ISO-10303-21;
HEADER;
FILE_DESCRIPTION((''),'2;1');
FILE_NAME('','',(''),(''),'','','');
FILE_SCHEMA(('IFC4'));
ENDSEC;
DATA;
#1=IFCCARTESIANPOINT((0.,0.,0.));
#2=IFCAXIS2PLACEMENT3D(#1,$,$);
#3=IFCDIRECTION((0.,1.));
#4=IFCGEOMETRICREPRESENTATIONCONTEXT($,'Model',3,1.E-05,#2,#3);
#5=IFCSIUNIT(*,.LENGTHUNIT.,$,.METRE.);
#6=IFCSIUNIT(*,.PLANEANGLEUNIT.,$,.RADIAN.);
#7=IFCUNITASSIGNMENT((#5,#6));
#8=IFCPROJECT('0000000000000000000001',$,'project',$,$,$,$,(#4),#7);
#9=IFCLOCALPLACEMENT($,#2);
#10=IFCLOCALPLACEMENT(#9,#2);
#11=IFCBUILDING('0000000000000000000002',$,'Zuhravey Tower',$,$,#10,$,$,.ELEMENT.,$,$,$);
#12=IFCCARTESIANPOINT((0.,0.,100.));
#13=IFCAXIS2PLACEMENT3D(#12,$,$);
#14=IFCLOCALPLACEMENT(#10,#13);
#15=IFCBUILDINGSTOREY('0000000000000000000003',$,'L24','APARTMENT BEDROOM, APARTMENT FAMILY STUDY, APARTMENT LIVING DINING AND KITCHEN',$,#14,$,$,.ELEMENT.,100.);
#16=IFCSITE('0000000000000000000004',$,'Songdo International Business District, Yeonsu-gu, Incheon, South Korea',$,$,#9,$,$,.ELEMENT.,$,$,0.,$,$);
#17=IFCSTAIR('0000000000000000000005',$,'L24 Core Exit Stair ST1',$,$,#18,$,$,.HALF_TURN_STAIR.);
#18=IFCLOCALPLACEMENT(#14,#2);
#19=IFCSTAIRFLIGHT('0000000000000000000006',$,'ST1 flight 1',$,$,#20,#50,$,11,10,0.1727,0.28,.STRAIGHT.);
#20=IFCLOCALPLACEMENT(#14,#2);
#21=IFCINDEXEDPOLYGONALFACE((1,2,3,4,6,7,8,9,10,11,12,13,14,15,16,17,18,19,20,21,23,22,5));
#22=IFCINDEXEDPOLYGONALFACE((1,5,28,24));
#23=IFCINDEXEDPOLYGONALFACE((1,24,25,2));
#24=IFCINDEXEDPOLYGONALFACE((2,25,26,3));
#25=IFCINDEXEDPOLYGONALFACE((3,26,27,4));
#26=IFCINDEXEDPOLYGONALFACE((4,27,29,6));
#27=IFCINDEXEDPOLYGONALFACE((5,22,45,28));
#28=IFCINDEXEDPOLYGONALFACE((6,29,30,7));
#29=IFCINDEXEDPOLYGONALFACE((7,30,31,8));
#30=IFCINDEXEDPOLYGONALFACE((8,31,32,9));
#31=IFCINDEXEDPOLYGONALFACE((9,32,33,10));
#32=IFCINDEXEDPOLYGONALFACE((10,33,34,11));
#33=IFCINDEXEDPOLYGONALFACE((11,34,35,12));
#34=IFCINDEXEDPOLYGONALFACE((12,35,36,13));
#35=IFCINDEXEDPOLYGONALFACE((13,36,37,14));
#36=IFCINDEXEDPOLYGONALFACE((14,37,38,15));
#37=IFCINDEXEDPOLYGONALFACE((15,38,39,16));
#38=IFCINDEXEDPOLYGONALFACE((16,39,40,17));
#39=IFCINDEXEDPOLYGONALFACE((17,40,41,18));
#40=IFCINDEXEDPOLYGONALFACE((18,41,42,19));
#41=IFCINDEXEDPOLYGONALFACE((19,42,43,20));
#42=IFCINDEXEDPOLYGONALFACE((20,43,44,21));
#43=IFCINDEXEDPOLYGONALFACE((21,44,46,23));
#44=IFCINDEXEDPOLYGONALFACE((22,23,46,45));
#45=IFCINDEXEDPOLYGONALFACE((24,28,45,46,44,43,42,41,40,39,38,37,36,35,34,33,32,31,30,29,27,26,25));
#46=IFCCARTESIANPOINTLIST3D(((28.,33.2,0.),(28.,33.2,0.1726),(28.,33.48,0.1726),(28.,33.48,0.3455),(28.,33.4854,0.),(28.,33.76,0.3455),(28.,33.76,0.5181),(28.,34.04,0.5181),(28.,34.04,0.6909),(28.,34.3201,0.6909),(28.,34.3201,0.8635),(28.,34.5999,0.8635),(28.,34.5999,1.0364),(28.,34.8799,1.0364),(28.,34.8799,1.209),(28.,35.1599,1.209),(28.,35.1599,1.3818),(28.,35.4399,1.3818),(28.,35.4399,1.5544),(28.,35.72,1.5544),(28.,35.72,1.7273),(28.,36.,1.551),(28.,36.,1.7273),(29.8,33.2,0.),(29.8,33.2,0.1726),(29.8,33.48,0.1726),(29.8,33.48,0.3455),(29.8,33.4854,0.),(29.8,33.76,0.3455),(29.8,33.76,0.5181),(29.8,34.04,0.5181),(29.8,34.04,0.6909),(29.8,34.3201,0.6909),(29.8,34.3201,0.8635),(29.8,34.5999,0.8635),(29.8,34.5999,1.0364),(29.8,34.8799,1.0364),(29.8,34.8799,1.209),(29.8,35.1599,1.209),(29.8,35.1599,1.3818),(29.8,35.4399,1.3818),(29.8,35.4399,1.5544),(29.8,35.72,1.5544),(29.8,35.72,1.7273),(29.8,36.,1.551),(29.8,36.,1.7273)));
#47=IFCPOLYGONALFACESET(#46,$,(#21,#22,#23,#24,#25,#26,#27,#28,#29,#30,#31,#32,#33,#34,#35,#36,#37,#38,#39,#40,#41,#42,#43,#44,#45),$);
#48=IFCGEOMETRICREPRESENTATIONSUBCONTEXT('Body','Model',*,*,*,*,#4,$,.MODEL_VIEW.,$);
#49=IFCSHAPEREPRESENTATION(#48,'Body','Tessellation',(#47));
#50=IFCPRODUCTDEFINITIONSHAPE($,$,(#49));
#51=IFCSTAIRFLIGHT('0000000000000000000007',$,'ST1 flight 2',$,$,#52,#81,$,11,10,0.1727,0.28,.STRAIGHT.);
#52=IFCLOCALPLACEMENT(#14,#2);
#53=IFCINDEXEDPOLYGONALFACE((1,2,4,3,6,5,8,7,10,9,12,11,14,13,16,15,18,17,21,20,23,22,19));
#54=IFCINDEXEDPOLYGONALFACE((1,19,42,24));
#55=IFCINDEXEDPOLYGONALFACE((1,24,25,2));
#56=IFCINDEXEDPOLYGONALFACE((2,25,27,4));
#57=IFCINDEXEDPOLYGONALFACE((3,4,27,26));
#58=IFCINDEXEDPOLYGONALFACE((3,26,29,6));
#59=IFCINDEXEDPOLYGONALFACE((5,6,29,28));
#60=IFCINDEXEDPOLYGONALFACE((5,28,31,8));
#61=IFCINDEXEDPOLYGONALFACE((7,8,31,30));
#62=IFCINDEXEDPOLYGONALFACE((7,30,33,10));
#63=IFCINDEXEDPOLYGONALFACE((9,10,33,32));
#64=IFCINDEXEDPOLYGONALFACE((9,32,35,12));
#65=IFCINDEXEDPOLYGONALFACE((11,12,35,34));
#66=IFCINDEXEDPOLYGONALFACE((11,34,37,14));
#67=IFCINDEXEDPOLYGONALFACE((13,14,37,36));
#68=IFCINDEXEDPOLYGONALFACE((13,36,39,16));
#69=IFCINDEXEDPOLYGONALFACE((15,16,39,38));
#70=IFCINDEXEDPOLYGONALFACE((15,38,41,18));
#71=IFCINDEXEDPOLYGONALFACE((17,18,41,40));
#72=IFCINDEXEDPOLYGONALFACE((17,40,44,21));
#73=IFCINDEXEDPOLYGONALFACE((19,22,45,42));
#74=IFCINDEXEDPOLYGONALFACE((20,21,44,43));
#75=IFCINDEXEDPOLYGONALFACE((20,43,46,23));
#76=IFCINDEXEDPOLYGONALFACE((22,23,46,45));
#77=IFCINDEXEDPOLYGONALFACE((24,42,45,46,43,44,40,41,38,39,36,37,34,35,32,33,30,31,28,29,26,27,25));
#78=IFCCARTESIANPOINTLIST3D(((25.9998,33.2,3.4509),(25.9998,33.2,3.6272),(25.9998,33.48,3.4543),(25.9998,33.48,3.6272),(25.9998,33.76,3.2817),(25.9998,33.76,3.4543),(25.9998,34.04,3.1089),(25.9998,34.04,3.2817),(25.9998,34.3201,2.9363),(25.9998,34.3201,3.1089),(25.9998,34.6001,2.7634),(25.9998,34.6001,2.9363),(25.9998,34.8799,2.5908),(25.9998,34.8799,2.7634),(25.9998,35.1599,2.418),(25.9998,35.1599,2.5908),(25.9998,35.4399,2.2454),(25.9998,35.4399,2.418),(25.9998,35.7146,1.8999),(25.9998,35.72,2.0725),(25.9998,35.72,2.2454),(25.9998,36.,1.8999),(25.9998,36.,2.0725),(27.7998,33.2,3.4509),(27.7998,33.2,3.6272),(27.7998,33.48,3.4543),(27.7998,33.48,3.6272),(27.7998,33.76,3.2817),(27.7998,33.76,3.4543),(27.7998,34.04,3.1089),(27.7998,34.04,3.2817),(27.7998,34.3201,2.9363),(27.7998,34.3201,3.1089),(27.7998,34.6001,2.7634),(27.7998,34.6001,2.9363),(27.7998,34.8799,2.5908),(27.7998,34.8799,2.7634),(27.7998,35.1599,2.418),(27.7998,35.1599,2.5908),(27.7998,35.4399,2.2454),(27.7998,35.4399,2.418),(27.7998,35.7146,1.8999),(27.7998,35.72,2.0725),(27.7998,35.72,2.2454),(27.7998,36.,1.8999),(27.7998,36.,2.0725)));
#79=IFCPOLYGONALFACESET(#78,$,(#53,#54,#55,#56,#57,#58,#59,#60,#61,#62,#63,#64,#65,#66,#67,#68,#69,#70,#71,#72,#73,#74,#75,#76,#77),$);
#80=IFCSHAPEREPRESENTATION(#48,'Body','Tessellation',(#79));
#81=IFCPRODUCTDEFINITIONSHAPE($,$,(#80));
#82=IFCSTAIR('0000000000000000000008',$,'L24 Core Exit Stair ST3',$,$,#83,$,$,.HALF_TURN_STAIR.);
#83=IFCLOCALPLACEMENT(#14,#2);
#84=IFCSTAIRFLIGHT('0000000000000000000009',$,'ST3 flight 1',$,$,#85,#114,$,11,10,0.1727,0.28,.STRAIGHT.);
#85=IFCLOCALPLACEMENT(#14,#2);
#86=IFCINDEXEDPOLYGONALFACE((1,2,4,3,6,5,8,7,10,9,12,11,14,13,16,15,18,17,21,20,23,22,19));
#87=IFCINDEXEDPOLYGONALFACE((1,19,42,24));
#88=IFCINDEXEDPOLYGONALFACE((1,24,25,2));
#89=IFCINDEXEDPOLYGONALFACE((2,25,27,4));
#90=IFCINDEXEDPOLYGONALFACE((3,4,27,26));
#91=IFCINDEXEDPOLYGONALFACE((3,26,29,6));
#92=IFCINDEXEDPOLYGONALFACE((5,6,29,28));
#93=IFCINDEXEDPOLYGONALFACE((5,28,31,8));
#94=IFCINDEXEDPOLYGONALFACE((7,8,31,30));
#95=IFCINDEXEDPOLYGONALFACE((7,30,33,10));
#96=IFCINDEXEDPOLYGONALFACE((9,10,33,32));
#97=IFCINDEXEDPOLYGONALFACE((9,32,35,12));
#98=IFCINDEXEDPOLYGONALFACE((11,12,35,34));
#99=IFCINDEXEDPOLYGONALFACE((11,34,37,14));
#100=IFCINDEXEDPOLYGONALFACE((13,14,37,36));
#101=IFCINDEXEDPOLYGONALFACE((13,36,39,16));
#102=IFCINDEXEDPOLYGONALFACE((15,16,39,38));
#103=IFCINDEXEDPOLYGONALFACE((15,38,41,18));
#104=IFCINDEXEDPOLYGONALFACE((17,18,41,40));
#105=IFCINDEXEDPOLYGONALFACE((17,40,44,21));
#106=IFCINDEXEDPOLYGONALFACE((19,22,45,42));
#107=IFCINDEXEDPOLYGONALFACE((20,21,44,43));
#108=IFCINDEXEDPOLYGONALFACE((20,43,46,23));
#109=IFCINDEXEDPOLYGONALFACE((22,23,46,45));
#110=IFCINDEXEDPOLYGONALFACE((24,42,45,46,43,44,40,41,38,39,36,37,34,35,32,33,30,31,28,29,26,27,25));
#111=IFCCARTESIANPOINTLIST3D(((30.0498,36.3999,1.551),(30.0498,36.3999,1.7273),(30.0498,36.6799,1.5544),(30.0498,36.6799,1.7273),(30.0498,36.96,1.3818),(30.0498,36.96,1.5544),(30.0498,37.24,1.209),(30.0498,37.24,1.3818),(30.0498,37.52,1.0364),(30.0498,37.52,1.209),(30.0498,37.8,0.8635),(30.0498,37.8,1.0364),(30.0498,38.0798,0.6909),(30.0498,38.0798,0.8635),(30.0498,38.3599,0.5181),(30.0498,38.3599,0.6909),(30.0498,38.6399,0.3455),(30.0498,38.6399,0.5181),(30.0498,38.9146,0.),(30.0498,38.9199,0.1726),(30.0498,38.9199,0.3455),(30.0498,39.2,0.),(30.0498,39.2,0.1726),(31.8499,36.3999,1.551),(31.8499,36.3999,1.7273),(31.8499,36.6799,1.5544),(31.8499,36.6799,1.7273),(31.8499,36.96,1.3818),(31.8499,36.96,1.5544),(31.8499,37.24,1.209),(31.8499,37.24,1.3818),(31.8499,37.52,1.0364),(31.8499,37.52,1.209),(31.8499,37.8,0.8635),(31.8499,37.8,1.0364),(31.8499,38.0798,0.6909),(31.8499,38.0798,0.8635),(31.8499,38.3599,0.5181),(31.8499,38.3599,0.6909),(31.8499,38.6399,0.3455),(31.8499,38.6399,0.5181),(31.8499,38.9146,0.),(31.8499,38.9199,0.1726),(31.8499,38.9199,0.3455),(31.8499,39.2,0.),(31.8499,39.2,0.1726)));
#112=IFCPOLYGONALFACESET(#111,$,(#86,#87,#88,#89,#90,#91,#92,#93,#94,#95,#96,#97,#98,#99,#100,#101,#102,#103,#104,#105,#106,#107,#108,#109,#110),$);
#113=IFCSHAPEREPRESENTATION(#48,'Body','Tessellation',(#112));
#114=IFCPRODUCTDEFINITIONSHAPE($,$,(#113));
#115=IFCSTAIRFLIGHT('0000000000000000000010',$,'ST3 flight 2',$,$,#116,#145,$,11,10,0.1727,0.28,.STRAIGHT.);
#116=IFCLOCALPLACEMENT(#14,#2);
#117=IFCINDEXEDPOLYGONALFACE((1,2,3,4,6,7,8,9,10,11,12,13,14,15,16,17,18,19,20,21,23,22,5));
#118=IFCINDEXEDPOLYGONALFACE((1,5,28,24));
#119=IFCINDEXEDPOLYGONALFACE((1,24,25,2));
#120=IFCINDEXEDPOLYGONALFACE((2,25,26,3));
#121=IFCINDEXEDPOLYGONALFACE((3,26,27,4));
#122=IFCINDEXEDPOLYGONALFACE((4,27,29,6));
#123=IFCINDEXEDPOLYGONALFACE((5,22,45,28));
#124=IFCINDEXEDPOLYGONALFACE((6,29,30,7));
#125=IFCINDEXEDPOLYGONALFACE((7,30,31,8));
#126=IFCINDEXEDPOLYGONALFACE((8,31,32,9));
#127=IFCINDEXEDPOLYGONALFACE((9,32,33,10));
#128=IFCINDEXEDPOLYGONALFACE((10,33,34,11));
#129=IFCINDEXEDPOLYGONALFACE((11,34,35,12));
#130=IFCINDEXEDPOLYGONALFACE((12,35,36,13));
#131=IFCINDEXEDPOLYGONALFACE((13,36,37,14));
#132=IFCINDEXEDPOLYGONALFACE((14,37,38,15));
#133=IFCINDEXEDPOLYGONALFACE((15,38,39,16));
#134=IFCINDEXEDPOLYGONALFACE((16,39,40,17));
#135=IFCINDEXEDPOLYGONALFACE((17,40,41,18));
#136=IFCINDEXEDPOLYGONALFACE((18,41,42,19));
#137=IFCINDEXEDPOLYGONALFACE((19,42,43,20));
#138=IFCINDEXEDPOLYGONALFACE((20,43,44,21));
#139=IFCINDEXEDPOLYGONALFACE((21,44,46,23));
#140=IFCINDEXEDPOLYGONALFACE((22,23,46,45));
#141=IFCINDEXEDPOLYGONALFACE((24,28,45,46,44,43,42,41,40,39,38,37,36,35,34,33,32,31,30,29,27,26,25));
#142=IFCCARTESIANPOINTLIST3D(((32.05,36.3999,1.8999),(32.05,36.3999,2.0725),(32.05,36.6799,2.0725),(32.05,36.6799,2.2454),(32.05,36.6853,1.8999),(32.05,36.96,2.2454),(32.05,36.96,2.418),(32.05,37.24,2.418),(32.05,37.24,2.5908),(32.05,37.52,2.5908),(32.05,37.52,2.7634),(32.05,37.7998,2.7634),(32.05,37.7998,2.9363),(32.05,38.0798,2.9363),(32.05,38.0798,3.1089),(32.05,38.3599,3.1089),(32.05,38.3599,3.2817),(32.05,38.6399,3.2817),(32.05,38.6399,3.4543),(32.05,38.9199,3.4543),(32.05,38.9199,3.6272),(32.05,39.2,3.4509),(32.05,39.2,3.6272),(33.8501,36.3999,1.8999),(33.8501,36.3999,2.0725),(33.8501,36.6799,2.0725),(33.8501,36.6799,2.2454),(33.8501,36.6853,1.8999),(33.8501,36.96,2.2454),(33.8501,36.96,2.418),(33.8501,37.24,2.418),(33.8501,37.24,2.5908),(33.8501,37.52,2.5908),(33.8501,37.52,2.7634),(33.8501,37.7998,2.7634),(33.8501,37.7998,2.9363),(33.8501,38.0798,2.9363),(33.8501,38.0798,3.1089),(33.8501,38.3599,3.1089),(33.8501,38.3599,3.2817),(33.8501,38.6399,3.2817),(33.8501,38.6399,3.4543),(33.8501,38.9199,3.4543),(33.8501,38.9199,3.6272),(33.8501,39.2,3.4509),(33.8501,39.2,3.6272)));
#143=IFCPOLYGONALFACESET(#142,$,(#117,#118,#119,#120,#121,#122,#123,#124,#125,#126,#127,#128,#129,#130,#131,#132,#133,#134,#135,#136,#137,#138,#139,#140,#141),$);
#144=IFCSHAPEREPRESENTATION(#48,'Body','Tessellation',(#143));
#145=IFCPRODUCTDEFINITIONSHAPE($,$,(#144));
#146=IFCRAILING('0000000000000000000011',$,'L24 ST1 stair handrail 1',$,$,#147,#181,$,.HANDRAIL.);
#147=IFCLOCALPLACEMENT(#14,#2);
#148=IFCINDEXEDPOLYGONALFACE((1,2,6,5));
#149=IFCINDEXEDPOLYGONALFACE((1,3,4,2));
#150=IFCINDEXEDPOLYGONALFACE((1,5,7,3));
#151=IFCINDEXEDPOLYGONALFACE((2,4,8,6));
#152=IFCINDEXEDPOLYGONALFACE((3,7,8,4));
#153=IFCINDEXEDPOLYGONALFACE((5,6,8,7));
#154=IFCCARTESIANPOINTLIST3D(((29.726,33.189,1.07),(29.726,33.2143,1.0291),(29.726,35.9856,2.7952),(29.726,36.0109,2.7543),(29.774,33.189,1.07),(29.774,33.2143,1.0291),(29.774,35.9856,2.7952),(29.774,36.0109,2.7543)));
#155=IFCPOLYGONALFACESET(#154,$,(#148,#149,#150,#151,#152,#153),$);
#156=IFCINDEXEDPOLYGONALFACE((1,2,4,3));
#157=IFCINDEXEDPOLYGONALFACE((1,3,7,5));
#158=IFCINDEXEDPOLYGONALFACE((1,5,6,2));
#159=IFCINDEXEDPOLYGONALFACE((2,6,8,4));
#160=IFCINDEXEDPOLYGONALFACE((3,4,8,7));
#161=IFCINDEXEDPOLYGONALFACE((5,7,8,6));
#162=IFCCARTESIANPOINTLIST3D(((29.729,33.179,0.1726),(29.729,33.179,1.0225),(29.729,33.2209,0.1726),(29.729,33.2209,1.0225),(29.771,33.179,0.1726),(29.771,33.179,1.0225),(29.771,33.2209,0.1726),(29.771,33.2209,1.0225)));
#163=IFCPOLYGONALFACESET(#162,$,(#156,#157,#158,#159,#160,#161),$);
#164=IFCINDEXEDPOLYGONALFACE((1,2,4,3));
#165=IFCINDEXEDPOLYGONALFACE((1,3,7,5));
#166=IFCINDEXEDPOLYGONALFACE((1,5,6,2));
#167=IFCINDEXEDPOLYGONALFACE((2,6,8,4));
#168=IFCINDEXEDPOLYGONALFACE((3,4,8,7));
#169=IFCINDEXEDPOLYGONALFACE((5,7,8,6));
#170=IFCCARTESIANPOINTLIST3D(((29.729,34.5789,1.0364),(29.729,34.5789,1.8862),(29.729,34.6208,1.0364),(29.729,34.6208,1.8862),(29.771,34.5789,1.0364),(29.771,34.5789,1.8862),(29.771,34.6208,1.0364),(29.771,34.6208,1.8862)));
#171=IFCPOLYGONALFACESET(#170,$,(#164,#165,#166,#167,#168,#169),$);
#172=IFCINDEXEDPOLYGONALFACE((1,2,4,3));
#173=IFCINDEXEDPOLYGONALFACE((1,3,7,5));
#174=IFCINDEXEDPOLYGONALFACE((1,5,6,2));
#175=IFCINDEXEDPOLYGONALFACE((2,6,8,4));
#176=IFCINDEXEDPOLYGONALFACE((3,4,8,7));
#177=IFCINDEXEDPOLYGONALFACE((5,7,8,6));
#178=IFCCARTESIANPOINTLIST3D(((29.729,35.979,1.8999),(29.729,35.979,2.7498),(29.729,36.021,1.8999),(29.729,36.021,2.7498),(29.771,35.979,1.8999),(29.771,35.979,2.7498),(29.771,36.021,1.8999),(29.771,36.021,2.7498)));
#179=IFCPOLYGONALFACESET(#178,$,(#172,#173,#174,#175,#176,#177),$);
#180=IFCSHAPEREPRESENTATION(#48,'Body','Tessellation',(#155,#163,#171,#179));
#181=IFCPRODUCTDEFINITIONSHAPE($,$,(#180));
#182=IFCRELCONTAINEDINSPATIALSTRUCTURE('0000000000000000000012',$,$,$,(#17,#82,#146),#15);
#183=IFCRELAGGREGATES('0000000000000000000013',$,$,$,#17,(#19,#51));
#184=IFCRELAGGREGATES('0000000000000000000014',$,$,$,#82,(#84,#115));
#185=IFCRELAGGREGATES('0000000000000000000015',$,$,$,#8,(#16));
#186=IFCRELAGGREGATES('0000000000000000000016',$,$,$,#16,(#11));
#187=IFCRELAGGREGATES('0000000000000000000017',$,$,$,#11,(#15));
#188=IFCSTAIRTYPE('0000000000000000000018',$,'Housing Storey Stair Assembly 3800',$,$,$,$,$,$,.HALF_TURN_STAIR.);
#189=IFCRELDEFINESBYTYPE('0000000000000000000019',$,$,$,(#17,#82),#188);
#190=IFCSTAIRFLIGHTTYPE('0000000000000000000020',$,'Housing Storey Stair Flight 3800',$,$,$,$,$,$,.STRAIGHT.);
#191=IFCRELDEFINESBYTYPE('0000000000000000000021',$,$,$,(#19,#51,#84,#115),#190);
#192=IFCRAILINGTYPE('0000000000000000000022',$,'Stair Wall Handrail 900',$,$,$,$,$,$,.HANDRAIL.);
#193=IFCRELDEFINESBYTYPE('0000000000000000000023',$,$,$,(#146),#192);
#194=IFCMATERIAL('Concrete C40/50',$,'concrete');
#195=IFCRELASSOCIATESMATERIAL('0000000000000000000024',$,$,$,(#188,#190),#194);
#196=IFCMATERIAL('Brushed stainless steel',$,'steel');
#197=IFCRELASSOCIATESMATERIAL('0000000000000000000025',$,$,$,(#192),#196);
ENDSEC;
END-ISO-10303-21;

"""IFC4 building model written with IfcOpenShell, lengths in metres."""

from ifc_helpers import new_model, si_unit, direction, frame, origin, origin_2d, place, context, subcontext, project, spatial, polyline, rectangle, outline, extrude, material, type_object, element, aggregate, save


model = new_model("IFC4")

# Units and contexts
model_context = context("Model", 3, precision=1e-05, world=origin(), true_north=direction((0.0, 1.0)))
body_context = subcontext(model_context, "Body", "Model", "MODEL_VIEW")
ifc_project = project(units=[si_unit("LENGTHUNIT", "METRE"), si_unit("PLANEANGLEUNIT", "RADIAN")], contexts=[model_context])

# Site, building, storey
site_placement = place(None, origin())
site = spatial("IfcSite", under=ifc_project, at=site_placement, Name="Songdo International Business District, Yeonsu-gu, Incheon, South Korea", CompositionType="ELEMENT", RefElevation=0.0)
building_placement = place(site_placement, origin())
building = spatial("IfcBuilding", under=site, at=building_placement, Name="Zuhravey Tower", CompositionType="ELEMENT")
storey_placement = place(building_placement, frame((0.0, 0.0, 100.0)))
storey = spatial("IfcBuildingStorey", under=building, at=storey_placement, Name="L24", Description="APARTMENT BEDROOM, APARTMENT FAMILY STUDY, APARTMENT LIVING DINING AND KITCHEN", CompositionType="ELEMENT", Elevation=100.0)

# Stairs, stair flights
ifc_material_1 = material(Name="Concrete C40/50", Category="concrete")
stair_type = type_object("IfcStairType", Name="Housing Storey Stair Assembly 3800", PredefinedType="HALF_TURN_STAIR", material=ifc_material_1)
stair_1_placement = place(storey_placement, origin())
stair_1 = element("IfcStair", 1, at=stair_1_placement, inside=storey, type_object=stair_type, Name="L24 Core Exit Stair ST1", PredefinedType="HALF_TURN_STAIR")
stair_flight_type = type_object("IfcStairFlightType", Name="Housing Storey Stair Flight 3800", PredefinedType="STRAIGHT", material=ifc_material_1)
stair_flight_1_placement = place(storey_placement, frame((28.8999, 33.2, 0.0), z_axis=(0.0, 0.0, 1.0), x_axis=(0.0, 1.0, 0.0)))
stair_flight_1 = element("IfcStairFlight", 2, at=stair_flight_1_placement, type_object=stair_flight_type, Name="ST1 flight 1", NumberOfRisers=11, NumberOfTreads=10, PredefinedType="STRAIGHT", RiserHeight=0.1727, TreadLength=0.28, context=body_context, shape_type="SweptSolid", body=[
    extrude(outline(polyline([(0.0, 0.0), (0.0, 0.1726), (0.28, 0.1726), (0.28, 0.3455), (0.5601, 0.3455), (0.5601, 0.5181), (0.8401, 0.5181), (0.8401, 0.6909), (1.1201, 0.6909), (1.1201, 0.8635), (1.3999, 0.8635), (1.3999, 1.0364), (1.6799, 1.0364), (1.6799, 1.209), (1.96, 1.209), (1.96, 1.3818), (2.24, 1.3818), (2.24, 1.5544), (2.52, 1.5544), (2.52, 1.7273), (2.8, 1.7273), (2.8, 1.8999), (2.8, 1.551), (0.2854, 0.0), (0.0, 0.0)])), frame((0.0, 0.8999, 0.0), z_axis=(0.0, -1.0, 0.0), x_axis=(1.0, 0.0, 0.0)), (0.0, 0.0, 1.0), 1.8),
])
stair_flight_2_placement = place(storey_placement, frame((26.8999, 36.0, 1.8999), z_axis=(0.0, 0.0, 1.0), x_axis=(0.0, -1.0, 0.0)))
stair_flight_2 = element("IfcStairFlight", 3, at=stair_flight_2_placement, type_object=stair_flight_type, Name="ST1 flight 2", NumberOfRisers=11, NumberOfTreads=10, PredefinedType="STRAIGHT", RiserHeight=0.1727, TreadLength=0.28, context=body_context, shape_type="SweptSolid", body=[
    extrude(outline(polyline([(0.0, 0.0), (0.0, 0.1726), (0.28, 0.1726), (0.28, 0.3455), (0.5601, 0.3455), (0.5601, 0.5181), (0.8401, 0.5181), (0.8401, 0.6909), (1.1201, 0.6909), (1.1201, 0.8635), (1.3999, 0.8635), (1.3999, 1.0364), (1.6799, 1.0364), (1.6799, 1.209), (1.96, 1.209), (1.96, 1.3818), (2.24, 1.3818), (2.24, 1.5544), (2.52, 1.5544), (2.52, 1.7273), (2.8, 1.7273), (2.8, 1.8999), (2.8, 1.551), (0.2854, 0.0), (0.0, 0.0)])), frame((0.0, 0.8999, 0.0), z_axis=(0.0, -1.0, 0.0), x_axis=(1.0, 0.0, 0.0)), (0.0, 0.0, 1.0), 1.8),
])
aggregate(stair_1, [stair_flight_1, stair_flight_2])
stair_2_placement = place(storey_placement, origin())
stair_2 = element("IfcStair", 4, at=stair_2_placement, inside=storey, type_object=stair_type, Name="L24 Core Exit Stair ST3", PredefinedType="HALF_TURN_STAIR")
stair_flight_3_placement = place(storey_placement, frame((30.95, 39.2, 0.0), z_axis=(0.0, 0.0, 1.0), x_axis=(0.0, -1.0, 0.0)))
stair_flight_3 = element("IfcStairFlight", 5, at=stair_flight_3_placement, type_object=stair_flight_type, Name="ST3 flight 1", NumberOfRisers=11, NumberOfTreads=10, PredefinedType="STRAIGHT", RiserHeight=0.1727, TreadLength=0.28, context=body_context, shape_type="SweptSolid", body=[
    extrude(outline(polyline([(0.0, 0.0), (0.0, 0.1726), (0.28, 0.1726), (0.28, 0.3455), (0.5601, 0.3455), (0.5601, 0.5181), (0.8401, 0.5181), (0.8401, 0.6909), (1.1201, 0.6909), (1.1201, 0.8635), (1.3999, 0.8635), (1.3999, 1.0364), (1.6799, 1.0364), (1.6799, 1.209), (1.96, 1.209), (1.96, 1.3818), (2.24, 1.3818), (2.24, 1.5544), (2.52, 1.5544), (2.52, 1.7273), (2.8, 1.7273), (2.8, 1.8999), (2.8, 1.551), (0.2854, 0.0), (0.0, 0.0)])), frame((0.0, 0.8999, 0.0), z_axis=(0.0, -1.0, 0.0), x_axis=(1.0, 0.0, 0.0)), (0.0, 0.0, 1.0), 1.8),
])
stair_flight_4_placement = place(storey_placement, frame((32.95, 36.3999, 1.8999), z_axis=(0.0, 0.0, 1.0), x_axis=(0.0, 1.0, 0.0)))
stair_flight_4 = element("IfcStairFlight", 6, at=stair_flight_4_placement, type_object=stair_flight_type, Name="ST3 flight 2", NumberOfRisers=11, NumberOfTreads=10, PredefinedType="STRAIGHT", RiserHeight=0.1727, TreadLength=0.28, context=body_context, shape_type="SweptSolid", body=[
    extrude(outline(polyline([(0.0, 0.0), (0.0, 0.1726), (0.28, 0.1726), (0.28, 0.3455), (0.5601, 0.3455), (0.5601, 0.5181), (0.8401, 0.5181), (0.8401, 0.6909), (1.1201, 0.6909), (1.1201, 0.8635), (1.3999, 0.8635), (1.3999, 1.0364), (1.6799, 1.0364), (1.6799, 1.209), (1.96, 1.209), (1.96, 1.3818), (2.24, 1.3818), (2.24, 1.5544), (2.52, 1.5544), (2.52, 1.7273), (2.8, 1.7273), (2.8, 1.8999), (2.8, 1.551), (0.2854, 0.0), (0.0, 0.0)])), frame((0.0, 0.8999, 0.0), z_axis=(0.0, -1.0, 0.0), x_axis=(1.0, 0.0, 0.0)), (0.0, 0.0, 1.0), 1.8),
])
aggregate(stair_2, [stair_flight_3, stair_flight_4])

# Railing
ifc_material_2 = material(Name="Brushed stainless steel", Category="steel")
railing_type_1 = type_object("IfcRailingType", Name="Stair Wall Handrail 900", PredefinedType="HANDRAIL", material=ifc_material_2)
railing_1_placement = place(storey_placement, frame((29.75, 33.2, 0.1726)))
element("IfcRailing", 7, at=railing_1_placement, inside=storey, type_object=railing_type_1, Name="L24 ST1 stair handrail 1", PredefinedType="HANDRAIL", context=body_context, shape_type="SweptSolid", body=[
    extrude(rectangle(XDim=0.0481, YDim=0.0481, at=origin_2d()), frame((0.0, 0.0017, 0.877), z_axis=(0.0, 0.85109, 0.52502), x_axis=(-1.0, 0.0, 0.0)), (0.0, 0.0, 1.0), 3.2859),
    extrude(rectangle(XDim=0.042, YDim=0.042, at=origin_2d()), origin(), (0.0, 0.0, 1.0), 0.8499),
    extrude(rectangle(XDim=0.042, YDim=0.042, at=origin_2d()), frame((0.0, 1.3999, 0.8638)), (0.0, 0.0, 1.0), 0.8499),
    extrude(rectangle(XDim=0.042, YDim=0.042, at=origin_2d()), frame((0.0, 2.8, 1.7273)), (0.0, 0.0, 1.0), 0.8499),
])

save(model, "model.ifc")
